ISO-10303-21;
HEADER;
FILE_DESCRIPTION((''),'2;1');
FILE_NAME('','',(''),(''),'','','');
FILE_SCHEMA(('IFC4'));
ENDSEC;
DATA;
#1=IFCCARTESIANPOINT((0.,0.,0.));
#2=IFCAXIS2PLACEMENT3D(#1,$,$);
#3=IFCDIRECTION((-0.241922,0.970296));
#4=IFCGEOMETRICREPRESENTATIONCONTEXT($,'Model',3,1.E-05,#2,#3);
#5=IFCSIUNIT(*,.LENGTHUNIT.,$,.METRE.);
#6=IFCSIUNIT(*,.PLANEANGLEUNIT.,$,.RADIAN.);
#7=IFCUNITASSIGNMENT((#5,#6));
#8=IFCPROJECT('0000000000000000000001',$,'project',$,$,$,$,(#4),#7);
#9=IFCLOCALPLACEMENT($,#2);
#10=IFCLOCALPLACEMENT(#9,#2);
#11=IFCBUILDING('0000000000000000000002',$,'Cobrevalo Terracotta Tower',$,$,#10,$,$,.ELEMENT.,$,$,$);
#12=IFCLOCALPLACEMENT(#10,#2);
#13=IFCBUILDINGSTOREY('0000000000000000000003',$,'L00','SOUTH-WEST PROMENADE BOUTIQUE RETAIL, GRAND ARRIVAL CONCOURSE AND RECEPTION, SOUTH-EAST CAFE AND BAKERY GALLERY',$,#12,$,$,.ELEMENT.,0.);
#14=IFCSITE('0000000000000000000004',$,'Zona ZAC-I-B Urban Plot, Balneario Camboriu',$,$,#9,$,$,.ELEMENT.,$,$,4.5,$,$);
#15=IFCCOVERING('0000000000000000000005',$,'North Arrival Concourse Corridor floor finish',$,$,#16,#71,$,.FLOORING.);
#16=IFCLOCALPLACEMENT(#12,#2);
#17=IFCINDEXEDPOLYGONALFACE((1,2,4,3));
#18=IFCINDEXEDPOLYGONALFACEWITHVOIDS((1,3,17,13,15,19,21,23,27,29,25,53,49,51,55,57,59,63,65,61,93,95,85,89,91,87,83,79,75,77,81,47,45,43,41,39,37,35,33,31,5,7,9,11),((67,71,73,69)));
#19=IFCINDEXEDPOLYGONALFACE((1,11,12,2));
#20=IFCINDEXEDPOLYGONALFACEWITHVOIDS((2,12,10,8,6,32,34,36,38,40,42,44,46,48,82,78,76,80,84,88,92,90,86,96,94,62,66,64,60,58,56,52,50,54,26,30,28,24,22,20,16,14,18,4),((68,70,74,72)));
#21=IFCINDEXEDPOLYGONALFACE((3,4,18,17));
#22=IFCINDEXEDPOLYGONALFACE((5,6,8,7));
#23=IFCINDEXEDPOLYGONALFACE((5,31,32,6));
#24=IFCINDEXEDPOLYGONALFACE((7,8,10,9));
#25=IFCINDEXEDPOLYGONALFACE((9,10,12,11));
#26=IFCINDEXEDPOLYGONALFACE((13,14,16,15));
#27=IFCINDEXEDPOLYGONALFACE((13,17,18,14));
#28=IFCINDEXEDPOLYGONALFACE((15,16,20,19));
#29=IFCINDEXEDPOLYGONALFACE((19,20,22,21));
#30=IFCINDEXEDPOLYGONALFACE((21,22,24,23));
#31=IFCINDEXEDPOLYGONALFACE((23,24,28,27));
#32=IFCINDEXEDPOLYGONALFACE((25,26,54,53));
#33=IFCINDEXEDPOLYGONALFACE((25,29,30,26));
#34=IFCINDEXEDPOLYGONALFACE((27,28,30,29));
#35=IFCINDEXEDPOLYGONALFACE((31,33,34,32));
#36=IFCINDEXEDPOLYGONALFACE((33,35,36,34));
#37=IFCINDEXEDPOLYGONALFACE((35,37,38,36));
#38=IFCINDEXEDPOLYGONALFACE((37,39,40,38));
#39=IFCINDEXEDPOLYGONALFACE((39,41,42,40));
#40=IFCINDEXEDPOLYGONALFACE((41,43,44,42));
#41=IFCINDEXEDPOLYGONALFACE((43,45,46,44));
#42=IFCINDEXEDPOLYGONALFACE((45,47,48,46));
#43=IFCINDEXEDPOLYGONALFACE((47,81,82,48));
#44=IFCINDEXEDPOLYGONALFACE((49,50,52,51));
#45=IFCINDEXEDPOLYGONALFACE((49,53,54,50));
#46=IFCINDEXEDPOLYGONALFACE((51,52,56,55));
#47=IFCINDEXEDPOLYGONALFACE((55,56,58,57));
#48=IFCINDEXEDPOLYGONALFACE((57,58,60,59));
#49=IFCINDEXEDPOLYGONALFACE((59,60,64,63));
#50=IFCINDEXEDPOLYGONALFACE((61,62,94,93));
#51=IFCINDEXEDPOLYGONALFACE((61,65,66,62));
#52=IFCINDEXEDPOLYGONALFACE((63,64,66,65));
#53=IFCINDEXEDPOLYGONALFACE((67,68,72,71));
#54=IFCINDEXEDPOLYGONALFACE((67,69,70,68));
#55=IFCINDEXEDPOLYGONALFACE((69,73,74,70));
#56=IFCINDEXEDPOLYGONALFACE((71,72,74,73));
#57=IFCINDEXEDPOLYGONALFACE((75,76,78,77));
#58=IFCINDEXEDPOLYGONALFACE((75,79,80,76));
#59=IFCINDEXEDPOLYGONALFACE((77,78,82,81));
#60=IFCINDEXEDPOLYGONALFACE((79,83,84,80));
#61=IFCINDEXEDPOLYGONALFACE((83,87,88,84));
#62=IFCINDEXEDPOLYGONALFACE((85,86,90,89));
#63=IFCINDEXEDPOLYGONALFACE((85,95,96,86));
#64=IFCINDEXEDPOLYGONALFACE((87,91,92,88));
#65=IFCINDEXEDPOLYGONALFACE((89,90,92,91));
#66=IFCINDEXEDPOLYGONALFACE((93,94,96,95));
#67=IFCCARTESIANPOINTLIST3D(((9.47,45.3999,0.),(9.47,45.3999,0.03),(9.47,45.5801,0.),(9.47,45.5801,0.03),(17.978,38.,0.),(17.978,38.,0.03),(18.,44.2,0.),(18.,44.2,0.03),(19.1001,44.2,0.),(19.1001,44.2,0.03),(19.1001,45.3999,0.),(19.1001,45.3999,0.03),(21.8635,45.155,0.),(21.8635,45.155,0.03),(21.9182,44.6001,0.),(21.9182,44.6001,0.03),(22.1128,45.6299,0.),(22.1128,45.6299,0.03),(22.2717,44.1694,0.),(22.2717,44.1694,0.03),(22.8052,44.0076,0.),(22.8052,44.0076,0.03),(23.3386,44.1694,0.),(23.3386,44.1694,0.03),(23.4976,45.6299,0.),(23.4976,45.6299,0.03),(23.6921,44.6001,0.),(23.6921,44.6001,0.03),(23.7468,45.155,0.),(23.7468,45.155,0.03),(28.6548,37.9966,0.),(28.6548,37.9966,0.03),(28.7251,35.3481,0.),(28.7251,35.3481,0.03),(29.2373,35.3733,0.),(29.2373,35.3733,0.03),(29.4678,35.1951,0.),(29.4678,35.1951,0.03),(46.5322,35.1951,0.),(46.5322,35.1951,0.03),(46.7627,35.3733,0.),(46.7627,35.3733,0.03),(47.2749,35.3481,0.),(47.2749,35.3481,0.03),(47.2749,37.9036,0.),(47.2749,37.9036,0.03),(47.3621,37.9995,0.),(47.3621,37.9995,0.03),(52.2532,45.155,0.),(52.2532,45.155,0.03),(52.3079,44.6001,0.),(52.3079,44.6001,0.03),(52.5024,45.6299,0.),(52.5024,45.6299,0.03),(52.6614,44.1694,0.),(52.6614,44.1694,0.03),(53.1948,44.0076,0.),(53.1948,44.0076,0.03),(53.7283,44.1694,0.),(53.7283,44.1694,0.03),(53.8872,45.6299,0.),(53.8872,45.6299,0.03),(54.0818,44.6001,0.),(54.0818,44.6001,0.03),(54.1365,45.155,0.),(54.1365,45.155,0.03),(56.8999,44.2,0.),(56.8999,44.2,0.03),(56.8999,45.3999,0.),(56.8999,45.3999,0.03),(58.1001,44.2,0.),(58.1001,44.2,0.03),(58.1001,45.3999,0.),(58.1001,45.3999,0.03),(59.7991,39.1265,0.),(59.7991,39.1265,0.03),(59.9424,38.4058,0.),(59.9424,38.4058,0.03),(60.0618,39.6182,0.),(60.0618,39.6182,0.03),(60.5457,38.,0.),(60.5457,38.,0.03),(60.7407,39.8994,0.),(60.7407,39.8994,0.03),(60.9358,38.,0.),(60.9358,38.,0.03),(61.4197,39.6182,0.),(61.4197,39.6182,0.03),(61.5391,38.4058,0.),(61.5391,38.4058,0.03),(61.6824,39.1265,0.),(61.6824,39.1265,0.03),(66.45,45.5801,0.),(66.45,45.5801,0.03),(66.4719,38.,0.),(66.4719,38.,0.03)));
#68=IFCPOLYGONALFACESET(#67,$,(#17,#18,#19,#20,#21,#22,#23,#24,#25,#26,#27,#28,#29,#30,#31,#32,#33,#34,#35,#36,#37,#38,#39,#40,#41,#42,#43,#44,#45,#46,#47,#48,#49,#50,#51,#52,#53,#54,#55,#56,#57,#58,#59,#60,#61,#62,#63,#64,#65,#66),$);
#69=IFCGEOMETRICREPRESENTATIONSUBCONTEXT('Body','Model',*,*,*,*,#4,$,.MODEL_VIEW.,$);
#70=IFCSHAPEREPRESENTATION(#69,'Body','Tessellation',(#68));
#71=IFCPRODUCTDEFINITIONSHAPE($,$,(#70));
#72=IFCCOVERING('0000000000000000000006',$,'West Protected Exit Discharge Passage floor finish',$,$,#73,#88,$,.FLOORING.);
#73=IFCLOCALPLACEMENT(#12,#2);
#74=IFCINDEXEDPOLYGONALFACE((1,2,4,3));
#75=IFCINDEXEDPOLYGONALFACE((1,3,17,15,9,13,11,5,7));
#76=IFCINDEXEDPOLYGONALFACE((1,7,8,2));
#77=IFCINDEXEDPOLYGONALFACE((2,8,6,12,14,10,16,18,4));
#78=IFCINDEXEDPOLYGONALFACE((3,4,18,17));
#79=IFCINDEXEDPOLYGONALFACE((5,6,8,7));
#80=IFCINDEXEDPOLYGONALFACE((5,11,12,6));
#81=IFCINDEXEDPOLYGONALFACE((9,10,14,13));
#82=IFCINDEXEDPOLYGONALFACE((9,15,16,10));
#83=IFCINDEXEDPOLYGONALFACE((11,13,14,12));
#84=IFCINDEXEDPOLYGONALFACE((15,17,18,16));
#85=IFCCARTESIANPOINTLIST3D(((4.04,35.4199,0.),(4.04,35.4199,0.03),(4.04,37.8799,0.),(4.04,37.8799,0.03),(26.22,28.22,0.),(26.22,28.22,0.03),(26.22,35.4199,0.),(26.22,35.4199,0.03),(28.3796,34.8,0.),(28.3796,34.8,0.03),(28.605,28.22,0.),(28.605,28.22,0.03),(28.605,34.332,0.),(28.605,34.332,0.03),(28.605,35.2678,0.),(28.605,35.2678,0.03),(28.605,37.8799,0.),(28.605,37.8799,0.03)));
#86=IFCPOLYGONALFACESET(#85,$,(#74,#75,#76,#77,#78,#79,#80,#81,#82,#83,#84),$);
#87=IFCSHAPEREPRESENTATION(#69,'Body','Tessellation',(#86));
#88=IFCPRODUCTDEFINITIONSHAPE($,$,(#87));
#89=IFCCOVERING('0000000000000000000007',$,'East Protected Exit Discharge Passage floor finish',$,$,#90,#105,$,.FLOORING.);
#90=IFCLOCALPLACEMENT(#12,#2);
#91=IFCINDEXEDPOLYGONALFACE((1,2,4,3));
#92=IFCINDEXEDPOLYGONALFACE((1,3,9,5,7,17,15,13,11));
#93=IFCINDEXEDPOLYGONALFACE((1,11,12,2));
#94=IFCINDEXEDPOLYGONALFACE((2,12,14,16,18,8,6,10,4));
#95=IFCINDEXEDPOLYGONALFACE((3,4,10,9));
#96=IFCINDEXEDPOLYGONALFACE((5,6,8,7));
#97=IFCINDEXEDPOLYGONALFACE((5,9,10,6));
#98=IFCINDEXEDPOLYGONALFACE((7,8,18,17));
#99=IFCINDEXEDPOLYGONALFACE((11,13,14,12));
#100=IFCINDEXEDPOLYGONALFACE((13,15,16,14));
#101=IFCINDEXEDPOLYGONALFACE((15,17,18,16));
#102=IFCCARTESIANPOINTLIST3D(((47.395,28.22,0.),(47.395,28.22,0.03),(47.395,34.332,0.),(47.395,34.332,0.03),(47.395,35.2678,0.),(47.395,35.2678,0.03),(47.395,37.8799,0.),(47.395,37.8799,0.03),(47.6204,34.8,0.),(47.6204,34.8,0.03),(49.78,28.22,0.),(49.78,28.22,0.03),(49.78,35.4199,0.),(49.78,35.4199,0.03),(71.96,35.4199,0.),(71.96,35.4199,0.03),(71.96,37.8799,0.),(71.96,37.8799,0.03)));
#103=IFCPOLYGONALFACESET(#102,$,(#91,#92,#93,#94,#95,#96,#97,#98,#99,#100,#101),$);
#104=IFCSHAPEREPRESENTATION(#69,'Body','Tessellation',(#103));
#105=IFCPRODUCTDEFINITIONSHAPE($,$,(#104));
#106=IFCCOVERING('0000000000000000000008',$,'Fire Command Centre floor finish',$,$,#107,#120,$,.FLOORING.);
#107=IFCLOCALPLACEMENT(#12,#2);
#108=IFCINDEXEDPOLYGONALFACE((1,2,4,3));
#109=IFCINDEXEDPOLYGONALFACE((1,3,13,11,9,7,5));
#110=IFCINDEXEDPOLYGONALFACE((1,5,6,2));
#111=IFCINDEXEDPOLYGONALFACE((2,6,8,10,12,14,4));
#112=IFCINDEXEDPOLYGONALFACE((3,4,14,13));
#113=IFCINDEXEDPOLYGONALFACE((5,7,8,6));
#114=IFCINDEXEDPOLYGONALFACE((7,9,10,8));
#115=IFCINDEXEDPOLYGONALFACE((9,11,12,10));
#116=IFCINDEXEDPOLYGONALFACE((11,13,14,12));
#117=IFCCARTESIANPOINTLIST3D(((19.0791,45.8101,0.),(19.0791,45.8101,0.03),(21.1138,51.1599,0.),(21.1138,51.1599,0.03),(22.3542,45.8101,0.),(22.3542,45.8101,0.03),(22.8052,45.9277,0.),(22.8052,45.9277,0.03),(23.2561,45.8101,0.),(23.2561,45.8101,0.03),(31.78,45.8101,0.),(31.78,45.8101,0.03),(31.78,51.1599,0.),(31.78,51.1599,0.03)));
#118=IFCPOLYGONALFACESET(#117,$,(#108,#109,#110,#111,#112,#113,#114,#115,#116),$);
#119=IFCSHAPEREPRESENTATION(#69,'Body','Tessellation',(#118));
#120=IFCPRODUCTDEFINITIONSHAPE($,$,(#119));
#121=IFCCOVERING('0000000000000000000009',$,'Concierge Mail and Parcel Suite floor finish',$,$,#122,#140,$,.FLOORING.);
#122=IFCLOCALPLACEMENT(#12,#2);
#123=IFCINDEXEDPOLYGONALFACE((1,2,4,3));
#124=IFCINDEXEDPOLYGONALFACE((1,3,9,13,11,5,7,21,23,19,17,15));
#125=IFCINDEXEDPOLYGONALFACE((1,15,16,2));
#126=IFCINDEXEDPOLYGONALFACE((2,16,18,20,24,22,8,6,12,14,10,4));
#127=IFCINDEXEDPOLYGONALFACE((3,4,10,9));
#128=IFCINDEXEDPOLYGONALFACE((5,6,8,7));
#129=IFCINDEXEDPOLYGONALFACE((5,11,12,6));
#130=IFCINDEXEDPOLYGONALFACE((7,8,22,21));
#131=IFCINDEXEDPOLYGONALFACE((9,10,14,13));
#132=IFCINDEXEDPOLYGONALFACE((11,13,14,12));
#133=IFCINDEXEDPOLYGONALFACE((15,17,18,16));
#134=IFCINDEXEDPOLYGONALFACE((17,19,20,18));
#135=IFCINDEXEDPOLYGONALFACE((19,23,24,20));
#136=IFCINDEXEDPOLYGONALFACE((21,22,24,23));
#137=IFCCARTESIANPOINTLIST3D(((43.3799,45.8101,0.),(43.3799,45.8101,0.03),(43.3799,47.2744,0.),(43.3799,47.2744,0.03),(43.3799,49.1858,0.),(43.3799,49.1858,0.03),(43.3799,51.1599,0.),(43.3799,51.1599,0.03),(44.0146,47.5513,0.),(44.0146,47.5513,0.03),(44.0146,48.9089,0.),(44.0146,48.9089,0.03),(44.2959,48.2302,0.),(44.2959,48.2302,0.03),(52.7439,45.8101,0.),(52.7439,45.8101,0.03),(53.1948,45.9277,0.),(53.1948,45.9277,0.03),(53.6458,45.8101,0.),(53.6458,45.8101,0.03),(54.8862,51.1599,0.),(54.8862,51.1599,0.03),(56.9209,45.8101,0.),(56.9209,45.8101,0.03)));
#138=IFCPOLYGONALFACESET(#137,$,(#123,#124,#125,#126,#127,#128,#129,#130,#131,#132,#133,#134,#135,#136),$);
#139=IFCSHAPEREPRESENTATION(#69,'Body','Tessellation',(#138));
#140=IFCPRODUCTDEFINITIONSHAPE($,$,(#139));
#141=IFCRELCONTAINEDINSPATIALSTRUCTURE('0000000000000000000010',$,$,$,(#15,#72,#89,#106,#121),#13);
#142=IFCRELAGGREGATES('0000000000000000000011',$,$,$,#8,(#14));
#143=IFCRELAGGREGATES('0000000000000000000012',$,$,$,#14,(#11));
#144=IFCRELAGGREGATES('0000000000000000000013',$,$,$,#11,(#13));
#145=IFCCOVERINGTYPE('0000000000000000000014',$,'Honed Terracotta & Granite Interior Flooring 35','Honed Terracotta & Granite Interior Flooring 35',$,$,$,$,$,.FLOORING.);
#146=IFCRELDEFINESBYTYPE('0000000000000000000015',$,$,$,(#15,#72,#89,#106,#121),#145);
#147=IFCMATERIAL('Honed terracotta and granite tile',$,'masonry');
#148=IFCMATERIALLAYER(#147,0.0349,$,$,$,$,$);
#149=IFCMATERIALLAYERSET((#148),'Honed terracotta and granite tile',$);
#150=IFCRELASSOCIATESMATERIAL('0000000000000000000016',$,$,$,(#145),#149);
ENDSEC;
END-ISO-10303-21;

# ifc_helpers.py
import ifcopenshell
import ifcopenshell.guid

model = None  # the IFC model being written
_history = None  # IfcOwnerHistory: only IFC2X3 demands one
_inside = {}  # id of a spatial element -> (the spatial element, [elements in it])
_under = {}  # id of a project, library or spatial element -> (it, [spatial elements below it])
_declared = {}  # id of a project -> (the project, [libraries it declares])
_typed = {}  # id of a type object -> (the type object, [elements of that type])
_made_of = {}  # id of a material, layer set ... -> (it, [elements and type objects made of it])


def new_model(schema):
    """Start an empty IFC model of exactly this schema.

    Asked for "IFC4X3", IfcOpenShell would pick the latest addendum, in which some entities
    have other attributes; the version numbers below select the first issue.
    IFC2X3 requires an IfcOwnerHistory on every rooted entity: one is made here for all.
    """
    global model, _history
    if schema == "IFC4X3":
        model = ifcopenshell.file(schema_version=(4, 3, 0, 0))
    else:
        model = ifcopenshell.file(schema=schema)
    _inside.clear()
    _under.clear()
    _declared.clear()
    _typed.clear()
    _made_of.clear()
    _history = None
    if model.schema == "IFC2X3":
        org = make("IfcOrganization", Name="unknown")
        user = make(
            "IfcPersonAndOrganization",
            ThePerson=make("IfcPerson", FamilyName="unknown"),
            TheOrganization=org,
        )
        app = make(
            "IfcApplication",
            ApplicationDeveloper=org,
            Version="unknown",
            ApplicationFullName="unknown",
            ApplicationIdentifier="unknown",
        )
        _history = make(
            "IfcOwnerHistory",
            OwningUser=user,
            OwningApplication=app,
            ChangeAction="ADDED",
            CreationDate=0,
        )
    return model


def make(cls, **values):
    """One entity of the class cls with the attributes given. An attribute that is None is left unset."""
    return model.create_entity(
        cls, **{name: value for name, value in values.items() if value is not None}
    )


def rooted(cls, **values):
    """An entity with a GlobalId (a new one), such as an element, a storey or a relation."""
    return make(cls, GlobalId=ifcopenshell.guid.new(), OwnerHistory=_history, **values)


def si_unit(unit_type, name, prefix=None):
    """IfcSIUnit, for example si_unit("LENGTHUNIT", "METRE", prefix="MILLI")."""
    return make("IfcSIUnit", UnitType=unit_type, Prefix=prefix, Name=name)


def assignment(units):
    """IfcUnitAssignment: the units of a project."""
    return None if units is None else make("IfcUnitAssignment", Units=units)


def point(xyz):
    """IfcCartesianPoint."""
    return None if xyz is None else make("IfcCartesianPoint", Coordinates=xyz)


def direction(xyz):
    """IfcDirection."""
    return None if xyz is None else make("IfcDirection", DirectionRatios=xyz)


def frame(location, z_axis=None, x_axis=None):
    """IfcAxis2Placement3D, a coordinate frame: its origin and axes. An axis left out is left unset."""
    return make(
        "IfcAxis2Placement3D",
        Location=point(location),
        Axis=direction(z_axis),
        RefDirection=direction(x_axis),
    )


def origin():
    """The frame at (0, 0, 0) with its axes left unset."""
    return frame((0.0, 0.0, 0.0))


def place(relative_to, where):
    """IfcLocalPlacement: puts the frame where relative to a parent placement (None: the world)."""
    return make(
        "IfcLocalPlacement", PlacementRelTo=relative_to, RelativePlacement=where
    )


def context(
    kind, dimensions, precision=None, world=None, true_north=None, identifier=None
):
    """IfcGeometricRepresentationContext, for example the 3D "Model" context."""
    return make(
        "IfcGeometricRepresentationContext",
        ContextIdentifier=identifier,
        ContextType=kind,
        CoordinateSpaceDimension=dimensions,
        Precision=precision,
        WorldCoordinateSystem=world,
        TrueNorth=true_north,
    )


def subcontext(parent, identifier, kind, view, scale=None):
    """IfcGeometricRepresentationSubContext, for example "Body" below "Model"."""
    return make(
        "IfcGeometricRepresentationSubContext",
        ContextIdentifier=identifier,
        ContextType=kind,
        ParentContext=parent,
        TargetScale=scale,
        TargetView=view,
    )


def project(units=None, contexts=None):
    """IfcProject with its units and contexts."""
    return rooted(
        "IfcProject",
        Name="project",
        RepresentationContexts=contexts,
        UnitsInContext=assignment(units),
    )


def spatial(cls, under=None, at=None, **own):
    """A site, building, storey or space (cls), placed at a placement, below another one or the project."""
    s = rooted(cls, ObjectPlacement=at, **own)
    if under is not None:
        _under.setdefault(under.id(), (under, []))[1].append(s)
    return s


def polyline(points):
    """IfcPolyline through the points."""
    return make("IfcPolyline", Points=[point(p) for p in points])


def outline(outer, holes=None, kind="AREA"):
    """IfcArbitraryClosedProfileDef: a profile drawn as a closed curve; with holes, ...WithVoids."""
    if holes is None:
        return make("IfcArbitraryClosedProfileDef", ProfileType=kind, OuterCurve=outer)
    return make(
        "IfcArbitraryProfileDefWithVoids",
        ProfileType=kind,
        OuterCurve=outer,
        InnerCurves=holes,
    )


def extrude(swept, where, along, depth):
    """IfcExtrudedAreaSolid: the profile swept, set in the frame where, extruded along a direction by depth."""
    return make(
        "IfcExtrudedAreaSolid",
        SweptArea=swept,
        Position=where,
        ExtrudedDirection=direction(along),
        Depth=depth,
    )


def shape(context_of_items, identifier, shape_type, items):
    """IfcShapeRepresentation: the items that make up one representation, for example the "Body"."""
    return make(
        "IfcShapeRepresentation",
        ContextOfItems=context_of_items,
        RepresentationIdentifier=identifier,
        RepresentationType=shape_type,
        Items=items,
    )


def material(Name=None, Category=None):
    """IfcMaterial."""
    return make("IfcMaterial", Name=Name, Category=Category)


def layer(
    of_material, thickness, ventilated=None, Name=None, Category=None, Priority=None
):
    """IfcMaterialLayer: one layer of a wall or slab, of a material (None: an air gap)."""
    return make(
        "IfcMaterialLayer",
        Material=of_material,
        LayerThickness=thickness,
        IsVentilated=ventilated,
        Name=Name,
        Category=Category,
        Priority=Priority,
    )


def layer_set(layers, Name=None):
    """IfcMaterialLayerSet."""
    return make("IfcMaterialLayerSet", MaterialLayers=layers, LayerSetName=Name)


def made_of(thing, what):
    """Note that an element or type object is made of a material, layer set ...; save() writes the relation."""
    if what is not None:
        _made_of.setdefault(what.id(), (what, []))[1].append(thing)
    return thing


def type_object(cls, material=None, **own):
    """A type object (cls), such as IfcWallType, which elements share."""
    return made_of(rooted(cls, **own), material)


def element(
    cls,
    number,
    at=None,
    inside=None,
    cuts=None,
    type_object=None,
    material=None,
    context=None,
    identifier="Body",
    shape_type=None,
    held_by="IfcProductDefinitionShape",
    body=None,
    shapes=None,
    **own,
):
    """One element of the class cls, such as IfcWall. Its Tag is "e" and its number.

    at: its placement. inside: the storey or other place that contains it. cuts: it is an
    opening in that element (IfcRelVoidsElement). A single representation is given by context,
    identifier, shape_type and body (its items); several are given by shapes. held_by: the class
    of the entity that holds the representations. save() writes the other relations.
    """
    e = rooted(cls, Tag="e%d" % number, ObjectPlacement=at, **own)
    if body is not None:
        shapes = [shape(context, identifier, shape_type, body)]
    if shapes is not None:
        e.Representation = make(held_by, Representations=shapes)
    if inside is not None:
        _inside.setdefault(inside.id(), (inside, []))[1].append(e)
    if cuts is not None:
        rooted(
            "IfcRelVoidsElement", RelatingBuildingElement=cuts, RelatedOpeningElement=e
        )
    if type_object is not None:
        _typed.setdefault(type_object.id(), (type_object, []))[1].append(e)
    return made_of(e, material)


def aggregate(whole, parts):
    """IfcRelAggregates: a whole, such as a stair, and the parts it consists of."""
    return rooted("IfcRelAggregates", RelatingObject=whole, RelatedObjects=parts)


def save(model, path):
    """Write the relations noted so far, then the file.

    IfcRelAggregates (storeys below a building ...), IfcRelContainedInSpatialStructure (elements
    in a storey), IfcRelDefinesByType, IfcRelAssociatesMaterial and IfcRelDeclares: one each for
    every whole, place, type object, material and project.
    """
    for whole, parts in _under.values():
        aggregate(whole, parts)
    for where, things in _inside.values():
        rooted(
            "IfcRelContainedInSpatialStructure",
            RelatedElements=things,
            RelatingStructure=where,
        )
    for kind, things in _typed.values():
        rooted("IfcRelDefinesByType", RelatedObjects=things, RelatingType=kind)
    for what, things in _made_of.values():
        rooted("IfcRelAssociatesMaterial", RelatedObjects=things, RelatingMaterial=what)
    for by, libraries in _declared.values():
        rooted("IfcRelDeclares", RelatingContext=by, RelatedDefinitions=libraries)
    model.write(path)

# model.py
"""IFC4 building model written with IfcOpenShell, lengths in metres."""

from ifc_helpers import new_model, si_unit, direction, origin, place, context, subcontext, project, spatial, polyline, outline, extrude, material, layer, layer_set, type_object, element, save


model = new_model("IFC4")

# Units and contexts
model_context = context("Model", 3, precision=1e-05, world=origin(), true_north=direction((-0.241922, 0.970296)))
body_context = subcontext(model_context, "Body", "Model", "MODEL_VIEW")
ifc_project = project(units=[si_unit("LENGTHUNIT", "METRE"), si_unit("PLANEANGLEUNIT", "RADIAN")], contexts=[model_context])

# Site, building, storey
site_placement = place(None, origin())
site = spatial("IfcSite", under=ifc_project, at=site_placement, Name="Zona ZAC-I-B Urban Plot, Balneario Camboriu", CompositionType="ELEMENT", RefElevation=4.5)
building_placement = place(site_placement, origin())
building = spatial("IfcBuilding", under=site, at=building_placement, Name="Cobrevalo Terracotta Tower", CompositionType="ELEMENT")
storey_placement = place(building_placement, origin())
storey = spatial("IfcBuildingStorey", under=building, at=storey_placement, Name="L00", Description="SOUTH-WEST PROMENADE BOUTIQUE RETAIL, GRAND ARRIVAL CONCOURSE AND RECEPTION, SOUTH-EAST CAFE AND BAKERY GALLERY", CompositionType="ELEMENT", Elevation=0.0)

# Coverings
ifc_material_1 = material(Name="Honed terracotta and granite tile", Category="masonry")
ifc_layer_1 = layer(ifc_material_1, 0.0349)
ifc_layer_set_1 = layer_set([ifc_layer_1], Name="Honed terracotta and granite tile")
covering_type_1 = type_object("IfcCoveringType", Name="Honed Terracotta & Granite Interior Flooring 35", Description="Honed Terracotta & Granite Interior Flooring 35", PredefinedType="FLOORING", material=ifc_layer_set_1)
covering_1_placement = place(storey_placement, origin())
element("IfcCovering", 1, at=covering_1_placement, inside=storey, type_object=covering_type_1, Name="North Arrival Concourse Corridor floor finish", PredefinedType="FLOORING", context=body_context, shape_type="SweptSolid", body=[
    extrude(outline(polyline([(19.1001, 45.3999), (9.47, 45.3999), (9.47, 45.5801), (22.1128, 45.6299), (21.8635, 45.155), (21.9182, 44.6001), (22.2717, 44.1694), (22.8052, 44.0076), (23.3386, 44.1694), (23.6921, 44.6001), (23.7468, 45.155), (23.4976, 45.6299), (52.5024, 45.6299), (52.2532, 45.155), (52.3079, 44.6001), (52.6614, 44.1694), (53.1948, 44.0076), (53.7283, 44.1694), (54.0818, 44.6001), (54.1365, 45.155), (53.8872, 45.6299), (66.45, 45.5801), (66.4719, 38.0), (60.9358, 38.0), (61.5391, 38.4058), (61.6824, 39.1265), (61.4197, 39.6182), (60.7407, 39.8994), (60.0618, 39.6182), (59.7991, 39.1265), (59.9424, 38.4058), (60.5457, 38.0), (47.3621, 37.9995), (47.2749, 37.9036), (47.2749, 35.3481), (46.7627, 35.3733), (46.5322, 35.1951), (29.4678, 35.1951), (29.2373, 35.3733), (28.7251, 35.3481), (28.6548, 37.9966), (17.978, 38.0), (18.0, 44.2), (19.1001, 44.2), (19.1001, 45.3999)]), holes=[polyline([(56.8999, 45.3999), (56.8999, 44.2), (58.1001, 44.2), (58.1001, 45.3999), (56.8999, 45.3999)])]), origin(), (0.0, 0.0, 1.0), 0.03),
])
covering_2_placement = place(storey_placement, origin())
element("IfcCovering", 2, at=covering_2_placement, inside=storey, type_object=covering_type_1, Name="West Protected Exit Discharge Passage floor finish", PredefinedType="FLOORING", context=body_context, shape_type="SweptSolid", body=[
    extrude(outline(polyline([(28.605, 37.8799), (28.605, 35.2678), (28.3796, 34.8), (28.605, 34.332), (28.605, 28.22), (26.22, 28.22), (26.22, 35.4199), (4.04, 35.4199), (4.04, 37.8799), (28.605, 37.8799)])), origin(), (0.0, 0.0, 1.0), 0.03),
])
covering_3_placement = place(storey_placement, origin())
element("IfcCovering", 3, at=covering_3_placement, inside=storey, type_object=covering_type_1, Name="East Protected Exit Discharge Passage floor finish", PredefinedType="FLOORING", context=body_context, shape_type="SweptSolid", body=[
    extrude(outline(polyline([(49.78, 35.4199), (49.78, 28.22), (47.395, 28.22), (47.395, 34.332), (47.6204, 34.8), (47.395, 35.2678), (47.395, 37.8799), (71.96, 37.8799), (71.96, 35.4199), (49.78, 35.4199)])), origin(), (0.0, 0.0, 1.0), 0.03),
])
covering_4_placement = place(storey_placement, origin())
element("IfcCovering", 4, at=covering_4_placement, inside=storey, type_object=covering_type_1, Name="Fire Command Centre floor finish", PredefinedType="FLOORING", context=body_context, shape_type="SweptSolid", body=[
    extrude(outline(polyline([(31.78, 51.1599), (31.78, 45.8101), (23.2561, 45.8101), (22.8052, 45.9277), (22.3542, 45.8101), (19.0791, 45.8101), (21.1138, 51.1599), (31.78, 51.1599)])), origin(), (0.0, 0.0, 1.0), 0.03),
])
covering_5_placement = place(storey_placement, origin())
element("IfcCovering", 5, at=covering_5_placement, inside=storey, type_object=covering_type_1, Name="Concierge Mail and Parcel Suite floor finish", PredefinedType="FLOORING", context=body_context, shape_type="SweptSolid", body=[
    extrude(outline(polyline([(56.9209, 45.8101), (53.6458, 45.8101), (53.1948, 45.9277), (52.7439, 45.8101), (43.3799, 45.8101), (43.3799, 47.2744), (44.0146, 47.5513), (44.2959, 48.2302), (44.0146, 48.9089), (43.3799, 49.1858), (43.3799, 51.1599), (54.8862, 51.1599), (56.9209, 45.8101)])), origin(), (0.0, 0.0, 1.0), 0.03),
])

save(model, "model.ifc")
